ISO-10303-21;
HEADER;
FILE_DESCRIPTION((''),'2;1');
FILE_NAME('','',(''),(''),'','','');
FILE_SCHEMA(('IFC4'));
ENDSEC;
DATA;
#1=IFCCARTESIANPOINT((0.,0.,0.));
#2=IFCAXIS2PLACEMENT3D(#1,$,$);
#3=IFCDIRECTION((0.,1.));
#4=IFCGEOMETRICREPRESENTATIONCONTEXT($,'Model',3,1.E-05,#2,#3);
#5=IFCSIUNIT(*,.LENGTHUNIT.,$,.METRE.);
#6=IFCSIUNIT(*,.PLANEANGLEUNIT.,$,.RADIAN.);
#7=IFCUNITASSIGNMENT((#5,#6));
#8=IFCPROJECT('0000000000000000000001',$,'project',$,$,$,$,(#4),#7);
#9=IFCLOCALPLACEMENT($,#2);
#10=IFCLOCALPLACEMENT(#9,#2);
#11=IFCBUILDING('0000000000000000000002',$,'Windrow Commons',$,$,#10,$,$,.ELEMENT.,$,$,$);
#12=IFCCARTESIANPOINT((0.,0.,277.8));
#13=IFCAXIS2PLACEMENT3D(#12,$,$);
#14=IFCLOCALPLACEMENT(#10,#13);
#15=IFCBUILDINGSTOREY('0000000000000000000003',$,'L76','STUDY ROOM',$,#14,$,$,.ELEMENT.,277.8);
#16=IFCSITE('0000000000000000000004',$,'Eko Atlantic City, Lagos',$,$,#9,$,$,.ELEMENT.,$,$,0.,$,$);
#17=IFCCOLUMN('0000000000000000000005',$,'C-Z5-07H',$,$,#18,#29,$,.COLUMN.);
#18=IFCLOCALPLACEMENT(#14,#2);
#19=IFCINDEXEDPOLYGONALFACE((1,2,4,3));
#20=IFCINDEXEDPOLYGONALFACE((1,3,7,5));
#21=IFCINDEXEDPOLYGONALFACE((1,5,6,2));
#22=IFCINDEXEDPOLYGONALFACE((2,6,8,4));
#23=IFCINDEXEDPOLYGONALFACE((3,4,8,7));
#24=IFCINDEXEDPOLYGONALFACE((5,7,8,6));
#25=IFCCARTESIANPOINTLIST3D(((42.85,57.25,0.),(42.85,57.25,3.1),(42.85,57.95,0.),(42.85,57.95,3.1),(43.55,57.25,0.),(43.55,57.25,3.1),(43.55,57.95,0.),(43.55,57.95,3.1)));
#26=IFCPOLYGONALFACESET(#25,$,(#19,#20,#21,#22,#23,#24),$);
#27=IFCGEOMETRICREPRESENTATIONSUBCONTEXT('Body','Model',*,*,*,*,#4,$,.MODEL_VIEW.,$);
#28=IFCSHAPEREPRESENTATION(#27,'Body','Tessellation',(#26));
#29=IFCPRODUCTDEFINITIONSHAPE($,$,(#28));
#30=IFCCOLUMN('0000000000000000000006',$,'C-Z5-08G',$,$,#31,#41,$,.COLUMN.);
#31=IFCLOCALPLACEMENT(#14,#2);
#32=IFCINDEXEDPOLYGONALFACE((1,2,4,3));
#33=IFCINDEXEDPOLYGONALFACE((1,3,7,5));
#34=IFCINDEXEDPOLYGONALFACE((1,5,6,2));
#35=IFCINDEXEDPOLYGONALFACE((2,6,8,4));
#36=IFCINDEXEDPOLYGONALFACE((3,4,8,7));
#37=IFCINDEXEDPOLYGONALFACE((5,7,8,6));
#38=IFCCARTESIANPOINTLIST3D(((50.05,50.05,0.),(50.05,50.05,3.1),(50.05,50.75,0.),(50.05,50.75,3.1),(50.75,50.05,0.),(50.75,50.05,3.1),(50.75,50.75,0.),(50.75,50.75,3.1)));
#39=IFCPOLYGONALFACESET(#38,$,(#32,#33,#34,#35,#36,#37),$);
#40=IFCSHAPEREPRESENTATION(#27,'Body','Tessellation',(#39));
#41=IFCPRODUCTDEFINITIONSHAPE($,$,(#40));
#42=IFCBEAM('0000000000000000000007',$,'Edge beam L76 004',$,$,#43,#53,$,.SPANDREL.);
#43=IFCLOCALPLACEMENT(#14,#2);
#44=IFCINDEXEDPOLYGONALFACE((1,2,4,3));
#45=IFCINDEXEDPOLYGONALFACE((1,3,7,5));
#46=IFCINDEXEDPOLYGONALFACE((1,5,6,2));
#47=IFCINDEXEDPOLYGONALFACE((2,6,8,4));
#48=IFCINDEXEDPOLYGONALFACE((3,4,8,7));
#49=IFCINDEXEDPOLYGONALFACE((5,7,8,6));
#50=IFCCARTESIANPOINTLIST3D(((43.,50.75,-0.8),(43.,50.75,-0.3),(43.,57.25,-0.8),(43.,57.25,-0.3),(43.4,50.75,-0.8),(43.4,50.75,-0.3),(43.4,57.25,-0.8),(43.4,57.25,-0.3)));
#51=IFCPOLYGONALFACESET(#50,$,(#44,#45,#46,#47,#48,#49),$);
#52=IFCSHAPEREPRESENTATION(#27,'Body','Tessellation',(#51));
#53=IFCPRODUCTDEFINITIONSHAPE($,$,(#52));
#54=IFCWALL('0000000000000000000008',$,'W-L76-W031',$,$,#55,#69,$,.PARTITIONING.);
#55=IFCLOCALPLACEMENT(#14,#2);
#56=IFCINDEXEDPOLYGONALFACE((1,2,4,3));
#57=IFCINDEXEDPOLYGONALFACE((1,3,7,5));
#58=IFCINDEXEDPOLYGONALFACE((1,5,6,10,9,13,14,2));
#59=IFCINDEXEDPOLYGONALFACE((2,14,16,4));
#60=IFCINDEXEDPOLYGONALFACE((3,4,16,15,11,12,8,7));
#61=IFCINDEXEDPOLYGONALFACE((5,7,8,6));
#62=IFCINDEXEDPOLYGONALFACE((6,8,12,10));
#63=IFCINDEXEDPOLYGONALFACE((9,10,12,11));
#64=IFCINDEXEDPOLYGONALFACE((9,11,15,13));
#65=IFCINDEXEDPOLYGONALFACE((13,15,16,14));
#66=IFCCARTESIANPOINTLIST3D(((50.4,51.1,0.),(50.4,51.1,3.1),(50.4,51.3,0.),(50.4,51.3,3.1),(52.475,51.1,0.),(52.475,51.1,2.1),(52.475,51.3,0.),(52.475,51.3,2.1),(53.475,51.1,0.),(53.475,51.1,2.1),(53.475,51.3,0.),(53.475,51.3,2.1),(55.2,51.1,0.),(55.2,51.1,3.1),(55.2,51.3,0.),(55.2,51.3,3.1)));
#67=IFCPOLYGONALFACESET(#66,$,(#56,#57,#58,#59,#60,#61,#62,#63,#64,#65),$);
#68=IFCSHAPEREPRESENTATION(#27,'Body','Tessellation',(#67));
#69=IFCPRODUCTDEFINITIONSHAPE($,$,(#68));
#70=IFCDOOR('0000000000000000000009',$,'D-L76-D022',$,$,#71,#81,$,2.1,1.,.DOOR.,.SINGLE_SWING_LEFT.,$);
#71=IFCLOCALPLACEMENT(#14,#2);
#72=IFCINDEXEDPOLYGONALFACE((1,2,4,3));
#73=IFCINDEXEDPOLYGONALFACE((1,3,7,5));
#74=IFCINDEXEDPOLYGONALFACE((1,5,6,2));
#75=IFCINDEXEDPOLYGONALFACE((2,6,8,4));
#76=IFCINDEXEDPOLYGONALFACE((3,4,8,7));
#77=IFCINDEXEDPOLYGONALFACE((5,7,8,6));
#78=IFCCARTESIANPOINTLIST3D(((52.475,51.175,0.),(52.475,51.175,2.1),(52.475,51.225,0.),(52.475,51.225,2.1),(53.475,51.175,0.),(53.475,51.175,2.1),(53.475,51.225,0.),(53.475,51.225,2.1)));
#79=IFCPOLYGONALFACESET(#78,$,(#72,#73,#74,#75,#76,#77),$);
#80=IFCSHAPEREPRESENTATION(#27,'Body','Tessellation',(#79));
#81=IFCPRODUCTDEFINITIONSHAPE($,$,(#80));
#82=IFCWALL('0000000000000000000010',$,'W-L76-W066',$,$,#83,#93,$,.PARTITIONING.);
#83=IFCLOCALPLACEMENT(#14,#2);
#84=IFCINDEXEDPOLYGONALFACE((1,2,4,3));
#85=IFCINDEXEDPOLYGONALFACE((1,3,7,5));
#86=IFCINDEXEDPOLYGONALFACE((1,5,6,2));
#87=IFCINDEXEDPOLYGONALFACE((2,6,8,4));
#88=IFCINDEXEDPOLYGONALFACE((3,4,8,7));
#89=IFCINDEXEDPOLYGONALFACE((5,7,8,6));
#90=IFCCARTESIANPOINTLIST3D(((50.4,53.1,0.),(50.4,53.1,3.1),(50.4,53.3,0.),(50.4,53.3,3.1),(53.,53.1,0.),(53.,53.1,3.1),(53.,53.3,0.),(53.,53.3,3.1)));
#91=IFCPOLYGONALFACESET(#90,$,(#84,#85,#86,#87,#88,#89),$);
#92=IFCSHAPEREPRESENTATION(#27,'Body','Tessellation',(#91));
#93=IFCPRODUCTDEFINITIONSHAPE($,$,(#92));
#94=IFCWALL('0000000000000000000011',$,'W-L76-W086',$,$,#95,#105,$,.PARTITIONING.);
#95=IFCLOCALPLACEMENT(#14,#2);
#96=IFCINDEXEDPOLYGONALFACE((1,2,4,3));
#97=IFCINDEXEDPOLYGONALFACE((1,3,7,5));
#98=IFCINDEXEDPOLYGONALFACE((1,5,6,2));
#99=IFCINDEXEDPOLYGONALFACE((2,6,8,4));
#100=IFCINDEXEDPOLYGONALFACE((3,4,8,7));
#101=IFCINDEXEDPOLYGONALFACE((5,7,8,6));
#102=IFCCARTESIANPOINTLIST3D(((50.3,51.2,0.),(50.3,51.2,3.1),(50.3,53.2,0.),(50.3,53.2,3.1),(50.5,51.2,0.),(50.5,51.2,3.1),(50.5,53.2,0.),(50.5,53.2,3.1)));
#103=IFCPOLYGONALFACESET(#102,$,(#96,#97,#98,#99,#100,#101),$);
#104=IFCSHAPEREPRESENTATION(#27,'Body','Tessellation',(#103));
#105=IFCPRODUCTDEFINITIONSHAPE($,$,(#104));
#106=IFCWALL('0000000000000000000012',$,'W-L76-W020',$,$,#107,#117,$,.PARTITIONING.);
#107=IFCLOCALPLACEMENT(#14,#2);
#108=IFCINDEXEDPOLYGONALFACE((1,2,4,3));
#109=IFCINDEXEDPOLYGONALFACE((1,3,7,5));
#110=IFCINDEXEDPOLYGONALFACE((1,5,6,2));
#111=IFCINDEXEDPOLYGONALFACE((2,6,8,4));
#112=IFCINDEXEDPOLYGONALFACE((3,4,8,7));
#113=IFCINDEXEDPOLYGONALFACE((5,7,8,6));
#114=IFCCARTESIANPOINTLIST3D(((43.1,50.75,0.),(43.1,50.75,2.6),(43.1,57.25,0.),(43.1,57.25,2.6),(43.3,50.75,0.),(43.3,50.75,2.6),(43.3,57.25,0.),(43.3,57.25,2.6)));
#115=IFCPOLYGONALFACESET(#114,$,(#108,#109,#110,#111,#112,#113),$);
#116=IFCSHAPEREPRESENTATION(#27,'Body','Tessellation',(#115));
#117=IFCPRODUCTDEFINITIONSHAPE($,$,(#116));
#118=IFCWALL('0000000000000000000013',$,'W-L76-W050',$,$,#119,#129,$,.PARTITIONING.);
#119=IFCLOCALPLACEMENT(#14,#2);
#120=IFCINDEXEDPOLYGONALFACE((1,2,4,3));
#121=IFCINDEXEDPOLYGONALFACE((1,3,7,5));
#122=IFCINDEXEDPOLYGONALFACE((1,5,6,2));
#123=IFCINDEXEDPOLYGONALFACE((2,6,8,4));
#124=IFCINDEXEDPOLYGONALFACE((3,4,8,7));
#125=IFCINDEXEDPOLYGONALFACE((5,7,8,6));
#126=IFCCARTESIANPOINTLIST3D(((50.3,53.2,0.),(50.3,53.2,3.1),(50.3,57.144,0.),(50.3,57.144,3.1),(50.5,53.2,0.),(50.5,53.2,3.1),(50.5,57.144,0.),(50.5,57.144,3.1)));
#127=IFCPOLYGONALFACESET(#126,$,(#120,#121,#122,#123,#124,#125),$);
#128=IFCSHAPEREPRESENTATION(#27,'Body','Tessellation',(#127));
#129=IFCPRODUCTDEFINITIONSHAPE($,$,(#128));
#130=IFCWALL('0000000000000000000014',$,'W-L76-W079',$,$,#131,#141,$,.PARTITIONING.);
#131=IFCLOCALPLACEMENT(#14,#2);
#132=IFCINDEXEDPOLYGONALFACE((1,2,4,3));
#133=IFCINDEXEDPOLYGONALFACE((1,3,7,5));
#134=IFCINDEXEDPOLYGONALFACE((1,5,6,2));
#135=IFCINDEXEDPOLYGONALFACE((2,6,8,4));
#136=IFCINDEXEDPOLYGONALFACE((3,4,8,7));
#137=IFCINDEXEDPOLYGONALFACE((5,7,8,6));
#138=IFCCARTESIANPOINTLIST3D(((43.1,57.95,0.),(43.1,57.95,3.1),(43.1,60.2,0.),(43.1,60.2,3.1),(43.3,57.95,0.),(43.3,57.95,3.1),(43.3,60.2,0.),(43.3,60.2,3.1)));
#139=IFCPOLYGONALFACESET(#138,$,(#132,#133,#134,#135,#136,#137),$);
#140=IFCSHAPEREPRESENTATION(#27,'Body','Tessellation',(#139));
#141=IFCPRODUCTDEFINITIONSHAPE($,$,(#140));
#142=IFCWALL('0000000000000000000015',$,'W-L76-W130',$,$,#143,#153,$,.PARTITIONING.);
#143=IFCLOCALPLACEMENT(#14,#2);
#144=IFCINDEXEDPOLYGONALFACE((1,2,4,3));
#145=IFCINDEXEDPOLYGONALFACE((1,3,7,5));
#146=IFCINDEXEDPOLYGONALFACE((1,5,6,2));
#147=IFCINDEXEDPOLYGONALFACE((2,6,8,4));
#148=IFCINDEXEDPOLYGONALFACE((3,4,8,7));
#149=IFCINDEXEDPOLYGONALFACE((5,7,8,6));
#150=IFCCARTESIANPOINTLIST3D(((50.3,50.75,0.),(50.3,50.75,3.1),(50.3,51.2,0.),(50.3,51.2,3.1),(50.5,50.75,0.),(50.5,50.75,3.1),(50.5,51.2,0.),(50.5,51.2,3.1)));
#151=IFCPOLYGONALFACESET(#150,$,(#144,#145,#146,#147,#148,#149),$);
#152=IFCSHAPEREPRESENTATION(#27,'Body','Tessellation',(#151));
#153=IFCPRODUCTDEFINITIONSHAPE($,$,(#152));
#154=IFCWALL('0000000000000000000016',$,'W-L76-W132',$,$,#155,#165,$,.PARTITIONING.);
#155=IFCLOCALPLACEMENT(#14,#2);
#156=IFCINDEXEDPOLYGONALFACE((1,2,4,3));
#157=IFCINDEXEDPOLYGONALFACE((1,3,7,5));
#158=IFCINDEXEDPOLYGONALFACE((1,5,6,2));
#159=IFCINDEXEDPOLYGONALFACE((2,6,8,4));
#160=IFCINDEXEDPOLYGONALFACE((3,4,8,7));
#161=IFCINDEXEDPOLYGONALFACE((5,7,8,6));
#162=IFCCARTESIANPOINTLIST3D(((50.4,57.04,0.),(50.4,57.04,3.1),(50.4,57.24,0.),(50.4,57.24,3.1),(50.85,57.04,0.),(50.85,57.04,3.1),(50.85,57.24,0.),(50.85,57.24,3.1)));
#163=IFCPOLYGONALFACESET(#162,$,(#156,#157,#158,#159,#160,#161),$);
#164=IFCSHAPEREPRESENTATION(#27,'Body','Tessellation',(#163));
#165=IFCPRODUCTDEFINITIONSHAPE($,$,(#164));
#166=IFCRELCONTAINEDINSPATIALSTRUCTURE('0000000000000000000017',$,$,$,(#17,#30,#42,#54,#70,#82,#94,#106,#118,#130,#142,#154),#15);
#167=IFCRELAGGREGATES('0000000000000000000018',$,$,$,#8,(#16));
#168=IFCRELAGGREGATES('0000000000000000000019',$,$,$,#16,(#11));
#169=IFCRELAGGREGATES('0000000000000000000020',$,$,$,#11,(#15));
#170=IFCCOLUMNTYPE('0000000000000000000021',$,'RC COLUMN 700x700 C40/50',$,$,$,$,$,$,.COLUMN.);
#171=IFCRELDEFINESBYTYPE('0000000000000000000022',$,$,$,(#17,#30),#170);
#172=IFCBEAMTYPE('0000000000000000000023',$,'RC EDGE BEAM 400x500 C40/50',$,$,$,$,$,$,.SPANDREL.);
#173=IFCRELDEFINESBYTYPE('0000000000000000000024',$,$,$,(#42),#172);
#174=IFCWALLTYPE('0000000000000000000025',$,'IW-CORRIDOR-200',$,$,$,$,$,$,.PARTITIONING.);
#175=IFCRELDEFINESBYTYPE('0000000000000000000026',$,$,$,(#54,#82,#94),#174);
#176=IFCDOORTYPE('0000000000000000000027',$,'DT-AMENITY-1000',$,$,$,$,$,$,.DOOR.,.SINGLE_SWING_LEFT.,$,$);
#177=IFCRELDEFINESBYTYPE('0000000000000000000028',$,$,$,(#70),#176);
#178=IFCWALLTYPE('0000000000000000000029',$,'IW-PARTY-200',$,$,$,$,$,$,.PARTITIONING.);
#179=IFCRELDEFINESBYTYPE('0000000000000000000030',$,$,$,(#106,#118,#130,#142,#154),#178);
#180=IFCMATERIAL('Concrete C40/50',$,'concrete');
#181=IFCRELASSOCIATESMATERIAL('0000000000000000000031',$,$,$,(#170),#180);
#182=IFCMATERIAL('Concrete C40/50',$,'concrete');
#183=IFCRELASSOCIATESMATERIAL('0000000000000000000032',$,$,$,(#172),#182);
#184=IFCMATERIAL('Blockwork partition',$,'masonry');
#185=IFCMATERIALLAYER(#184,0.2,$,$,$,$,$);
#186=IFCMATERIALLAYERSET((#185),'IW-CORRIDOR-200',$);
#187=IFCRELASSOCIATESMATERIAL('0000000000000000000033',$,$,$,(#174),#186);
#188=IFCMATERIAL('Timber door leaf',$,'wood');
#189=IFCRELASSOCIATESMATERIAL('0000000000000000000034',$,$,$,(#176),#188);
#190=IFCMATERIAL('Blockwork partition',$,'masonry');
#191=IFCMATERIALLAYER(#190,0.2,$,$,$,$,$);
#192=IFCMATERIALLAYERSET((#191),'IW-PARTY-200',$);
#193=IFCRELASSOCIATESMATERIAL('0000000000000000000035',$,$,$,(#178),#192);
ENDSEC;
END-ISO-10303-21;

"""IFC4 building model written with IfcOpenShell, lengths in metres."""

from ifc_helpers import new_model, si_unit, direction, frame, frame_2d, origin, origin_2d, place, context, subcontext, project, spatial, rectangle, extrude, material, layer, layer_set, material_profile, profile_set, type_object, element, fill, save


model = new_model("IFC4")

# Units and contexts
model_context = context("Model", 3, precision=1e-05, world=origin(), true_north=direction((0.0, 1.0)))
body_context = subcontext(model_context, "Body", "Model", "MODEL_VIEW")
ifc_project = project(units=[si_unit("LENGTHUNIT", "METRE"), si_unit("PLANEANGLEUNIT", "RADIAN")], contexts=[model_context])

# Site, building, storey
site_placement = place(None, origin())
site = spatial("IfcSite", under=ifc_project, at=site_placement, Name="Eko Atlantic City, Lagos", CompositionType="ELEMENT", RefElevation=0.0)
building_placement = place(site_placement, origin())
building = spatial("IfcBuilding", under=site, at=building_placement, Name="Windrow Commons", CompositionType="ELEMENT")
storey_placement = place(building_placement, frame((0.0, 0.0, 277.8)))
storey = spatial("IfcBuildingStorey", under=building, at=storey_placement, Name="L76", Description="STUDY ROOM", CompositionType="ELEMENT", Elevation=277.8)

# Columns
ifc_material_1 = material(Name="Concrete C40/50", Category="concrete")
ifc_material_profile_1 = material_profile(ifc_material_1, rectangle(XDim=0.7, YDim=0.7, at=origin_2d()))
ifc_profile_set_1 = profile_set([ifc_material_profile_1], Name="Concrete C40/50")
column_type = type_object("IfcColumnType", Name="RC COLUMN 700x700 C40/50", PredefinedType="COLUMN", material=ifc_profile_set_1)
for number, where, z_axis, x_axis, name in (
    (1, (43.2, 57.6, 0.0), (0.0, 0.0, 1.0), (1.0, 0.0, 0.0), "C-Z5-07H"),
    (2, (50.4, 50.4, 0.0), (0.0, 0.0, 1.0), (1.0, 0.0, 0.0), "C-Z5-08G"),
):
    element("IfcColumn", number, at=place(storey_placement, frame(where, z_axis=z_axis, x_axis=x_axis)), inside=storey, type_object=column_type, Name=name, PredefinedType="COLUMN", context=body_context, shape_type="SweptSolid", body=[
        extrude(rectangle(XDim=0.7, YDim=0.7, at=origin_2d()), origin(), (0.0, 0.0, 1.0), 3.1),
    ])

# Beam
ifc_material_2 = material(Name="Concrete C40/50", Category="concrete")
ifc_material_profile_2 = material_profile(ifc_material_2, rectangle(XDim=0.4, YDim=0.5, at=origin_2d()))
ifc_profile_set_2 = profile_set([ifc_material_profile_2], Name="Concrete C40/50")
beam_type = type_object("IfcBeamType", Name="RC EDGE BEAM 400x500 C40/50", PredefinedType="SPANDREL", material=ifc_profile_set_2)
beam_placement = place(storey_placement, frame((43.2, 50.75, -0.55), z_axis=(0.0, 1.0, 0.0), x_axis=(-1.0, 0.0, 0.0)))
element("IfcBeam", 3, at=beam_placement, inside=storey, type_object=beam_type, Name="Edge beam L76 004", PredefinedType="SPANDREL", context=body_context, shape_type="SweptSolid", body=[
    extrude(rectangle(XDim=0.4, YDim=0.5, at=origin_2d()), origin(), (0.0, 0.0, 1.0), 6.5),
])

# Wall, opening, door
ifc_material_3 = material(Name="Blockwork partition", Category="masonry")
ifc_layer_1 = layer(ifc_material_3, 0.2)
ifc_layer_set_1 = layer_set([ifc_layer_1], Name="IW-CORRIDOR-200")
wall_type_1 = type_object("IfcWallType", Name="IW-CORRIDOR-200", PredefinedType="PARTITIONING", material=ifc_layer_set_1)
wall_1_placement = place(storey_placement, frame((50.4, 51.2, 0.0), z_axis=(0.0, 0.0, 1.0), x_axis=(1.0, 0.0, 0.0)))
wall_1 = element("IfcWall", 4, at=wall_1_placement, inside=storey, type_object=wall_type_1, Name="W-L76-W031", PredefinedType="PARTITIONING", context=body_context, shape_type="SweptSolid", body=[
    extrude(rectangle(XDim=4.8, YDim=0.2, at=frame_2d((2.4, 0.0))), origin(), (0.0, 0.0, 1.0), 3.1),
])
opening_placement = place(wall_1_placement, frame((2.075, 0.0, 0.0)))
opening = element("IfcOpeningElement", 5, at=opening_placement, cuts=wall_1, PredefinedType="OPENING", context=body_context, shape_type="SweptSolid", body=[
    extrude(rectangle(XDim=1.0, YDim=2.1, at=frame_2d((0.5, 1.05))), frame((0.0, 0.11, 0.0), z_axis=(0.0, -1.0, 0.0), x_axis=(1.0, 0.0, 0.0)), (0.0, 0.0, 1.0), 0.22),
])
ifc_material_4 = material(Name="Timber door leaf", Category="wood")
door_type = type_object("IfcDoorType", Name="DT-AMENITY-1000", OperationType="SINGLE_SWING_LEFT", PredefinedType="DOOR", material=ifc_material_4)
door_placement = place(opening_placement, origin())
door = element("IfcDoor", 6, at=door_placement, inside=storey, type_object=door_type, Name="D-L76-D022", OperationType="SINGLE_SWING_LEFT", OverallHeight=2.1, OverallWidth=1.0, PredefinedType="DOOR", context=body_context, shape_type="SweptSolid", body=[
    extrude(rectangle(XDim=1.0, YDim=2.1, at=frame_2d((0.5, 1.05))), frame((0.0, 0.025, 0.0), z_axis=(0.0, -1.0, 0.0), x_axis=(1.0, 0.0, 0.0)), (0.0, 0.0, 1.0), 0.05),
])
fill(opening, door)

# Walls
wall_2_placement = place(storey_placement, frame((50.4, 53.2, 0.0), z_axis=(0.0, 0.0, 1.0), x_axis=(1.0, 0.0, 0.0)))
element("IfcWall", 7, at=wall_2_placement, inside=storey, type_object=wall_type_1, Name="W-L76-W066", PredefinedType="PARTITIONING", context=body_context, shape_type="SweptSolid", body=[
    extrude(rectangle(XDim=2.6, YDim=0.2, at=frame_2d((1.3, 0.0))), origin(), (0.0, 0.0, 1.0), 3.1),
])
wall_3_placement = place(storey_placement, frame((50.4, 51.2, 0.0), z_axis=(0.0, 0.0, 1.0), x_axis=(0.0, 1.0, 0.0)))
element("IfcWall", 8, at=wall_3_placement, inside=storey, type_object=wall_type_1, Name="W-L76-W086", PredefinedType="PARTITIONING", context=body_context, shape_type="SweptSolid", body=[
    extrude(rectangle(XDim=2.0, YDim=0.2, at=frame_2d((1.0, 0.0))), origin(), (0.0, 0.0, 1.0), 3.1),
])
ifc_material_5 = material(Name="Blockwork partition", Category="masonry")
ifc_layer_2 = layer(ifc_material_5, 0.2)
ifc_layer_set_2 = layer_set([ifc_layer_2], Name="IW-PARTY-200")
wall_type_2 = type_object("IfcWallType", Name="IW-PARTY-200", PredefinedType="PARTITIONING", material=ifc_layer_set_2)
wall_4_placement = place(storey_placement, frame((43.2, 50.75, 0.0), z_axis=(0.0, 0.0, 1.0), x_axis=(0.0, 1.0, 0.0)))
element("IfcWall", 9, at=wall_4_placement, inside=storey, type_object=wall_type_2, Name="W-L76-W020", PredefinedType="PARTITIONING", context=body_context, shape_type="SweptSolid", body=[
    extrude(rectangle(XDim=6.5, YDim=0.2, at=frame_2d((3.25, 0.0))), origin(), (0.0, 0.0, 1.0), 2.6),
])
wall_5_placement = place(storey_placement, frame((50.4, 53.2, 0.0), z_axis=(0.0, 0.0, 1.0), x_axis=(0.0, 1.0, 0.0)))
element("IfcWall", 10, at=wall_5_placement, inside=storey, type_object=wall_type_2, Name="W-L76-W050", PredefinedType="PARTITIONING", context=body_context, shape_type="SweptSolid", body=[
    extrude(rectangle(XDim=3.944, YDim=0.2, at=frame_2d((1.972, 0.0))), origin(), (0.0, 0.0, 1.0), 3.1),
])
wall_6_placement = place(storey_placement, frame((43.2, 57.95, 0.0), z_axis=(0.0, 0.0, 1.0), x_axis=(0.0, 1.0, 0.0)))
element("IfcWall", 11, at=wall_6_placement, inside=storey, type_object=wall_type_2, Name="W-L76-W079", PredefinedType="PARTITIONING", context=body_context, shape_type="SweptSolid", body=[
    extrude(rectangle(XDim=2.25, YDim=0.2, at=frame_2d((1.125, 0.0))), origin(), (0.0, 0.0, 1.0), 3.1),
])
for number, where, z_axis, x_axis, name in (
    (12, (50.4, 50.75, 0.0), (0.0, 0.0, 1.0), (0.0, 1.0, 0.0), "W-L76-W130"),
    (13, (50.4, 57.14, 0.0), (0.0, 0.0, 1.0), (1.0, 0.0, 0.0), "W-L76-W132"),
):
    element("IfcWall", number, at=place(storey_placement, frame(where, z_axis=z_axis, x_axis=x_axis)), inside=storey, type_object=wall_type_2, Name=name, PredefinedType="PARTITIONING", context=body_context, shape_type="SweptSolid", body=[
        extrude(rectangle(XDim=0.45, YDim=0.2, at=frame_2d((0.225, 0.0))), origin(), (0.0, 0.0, 1.0), 3.1),
    ])

save(model, "model.ifc")
